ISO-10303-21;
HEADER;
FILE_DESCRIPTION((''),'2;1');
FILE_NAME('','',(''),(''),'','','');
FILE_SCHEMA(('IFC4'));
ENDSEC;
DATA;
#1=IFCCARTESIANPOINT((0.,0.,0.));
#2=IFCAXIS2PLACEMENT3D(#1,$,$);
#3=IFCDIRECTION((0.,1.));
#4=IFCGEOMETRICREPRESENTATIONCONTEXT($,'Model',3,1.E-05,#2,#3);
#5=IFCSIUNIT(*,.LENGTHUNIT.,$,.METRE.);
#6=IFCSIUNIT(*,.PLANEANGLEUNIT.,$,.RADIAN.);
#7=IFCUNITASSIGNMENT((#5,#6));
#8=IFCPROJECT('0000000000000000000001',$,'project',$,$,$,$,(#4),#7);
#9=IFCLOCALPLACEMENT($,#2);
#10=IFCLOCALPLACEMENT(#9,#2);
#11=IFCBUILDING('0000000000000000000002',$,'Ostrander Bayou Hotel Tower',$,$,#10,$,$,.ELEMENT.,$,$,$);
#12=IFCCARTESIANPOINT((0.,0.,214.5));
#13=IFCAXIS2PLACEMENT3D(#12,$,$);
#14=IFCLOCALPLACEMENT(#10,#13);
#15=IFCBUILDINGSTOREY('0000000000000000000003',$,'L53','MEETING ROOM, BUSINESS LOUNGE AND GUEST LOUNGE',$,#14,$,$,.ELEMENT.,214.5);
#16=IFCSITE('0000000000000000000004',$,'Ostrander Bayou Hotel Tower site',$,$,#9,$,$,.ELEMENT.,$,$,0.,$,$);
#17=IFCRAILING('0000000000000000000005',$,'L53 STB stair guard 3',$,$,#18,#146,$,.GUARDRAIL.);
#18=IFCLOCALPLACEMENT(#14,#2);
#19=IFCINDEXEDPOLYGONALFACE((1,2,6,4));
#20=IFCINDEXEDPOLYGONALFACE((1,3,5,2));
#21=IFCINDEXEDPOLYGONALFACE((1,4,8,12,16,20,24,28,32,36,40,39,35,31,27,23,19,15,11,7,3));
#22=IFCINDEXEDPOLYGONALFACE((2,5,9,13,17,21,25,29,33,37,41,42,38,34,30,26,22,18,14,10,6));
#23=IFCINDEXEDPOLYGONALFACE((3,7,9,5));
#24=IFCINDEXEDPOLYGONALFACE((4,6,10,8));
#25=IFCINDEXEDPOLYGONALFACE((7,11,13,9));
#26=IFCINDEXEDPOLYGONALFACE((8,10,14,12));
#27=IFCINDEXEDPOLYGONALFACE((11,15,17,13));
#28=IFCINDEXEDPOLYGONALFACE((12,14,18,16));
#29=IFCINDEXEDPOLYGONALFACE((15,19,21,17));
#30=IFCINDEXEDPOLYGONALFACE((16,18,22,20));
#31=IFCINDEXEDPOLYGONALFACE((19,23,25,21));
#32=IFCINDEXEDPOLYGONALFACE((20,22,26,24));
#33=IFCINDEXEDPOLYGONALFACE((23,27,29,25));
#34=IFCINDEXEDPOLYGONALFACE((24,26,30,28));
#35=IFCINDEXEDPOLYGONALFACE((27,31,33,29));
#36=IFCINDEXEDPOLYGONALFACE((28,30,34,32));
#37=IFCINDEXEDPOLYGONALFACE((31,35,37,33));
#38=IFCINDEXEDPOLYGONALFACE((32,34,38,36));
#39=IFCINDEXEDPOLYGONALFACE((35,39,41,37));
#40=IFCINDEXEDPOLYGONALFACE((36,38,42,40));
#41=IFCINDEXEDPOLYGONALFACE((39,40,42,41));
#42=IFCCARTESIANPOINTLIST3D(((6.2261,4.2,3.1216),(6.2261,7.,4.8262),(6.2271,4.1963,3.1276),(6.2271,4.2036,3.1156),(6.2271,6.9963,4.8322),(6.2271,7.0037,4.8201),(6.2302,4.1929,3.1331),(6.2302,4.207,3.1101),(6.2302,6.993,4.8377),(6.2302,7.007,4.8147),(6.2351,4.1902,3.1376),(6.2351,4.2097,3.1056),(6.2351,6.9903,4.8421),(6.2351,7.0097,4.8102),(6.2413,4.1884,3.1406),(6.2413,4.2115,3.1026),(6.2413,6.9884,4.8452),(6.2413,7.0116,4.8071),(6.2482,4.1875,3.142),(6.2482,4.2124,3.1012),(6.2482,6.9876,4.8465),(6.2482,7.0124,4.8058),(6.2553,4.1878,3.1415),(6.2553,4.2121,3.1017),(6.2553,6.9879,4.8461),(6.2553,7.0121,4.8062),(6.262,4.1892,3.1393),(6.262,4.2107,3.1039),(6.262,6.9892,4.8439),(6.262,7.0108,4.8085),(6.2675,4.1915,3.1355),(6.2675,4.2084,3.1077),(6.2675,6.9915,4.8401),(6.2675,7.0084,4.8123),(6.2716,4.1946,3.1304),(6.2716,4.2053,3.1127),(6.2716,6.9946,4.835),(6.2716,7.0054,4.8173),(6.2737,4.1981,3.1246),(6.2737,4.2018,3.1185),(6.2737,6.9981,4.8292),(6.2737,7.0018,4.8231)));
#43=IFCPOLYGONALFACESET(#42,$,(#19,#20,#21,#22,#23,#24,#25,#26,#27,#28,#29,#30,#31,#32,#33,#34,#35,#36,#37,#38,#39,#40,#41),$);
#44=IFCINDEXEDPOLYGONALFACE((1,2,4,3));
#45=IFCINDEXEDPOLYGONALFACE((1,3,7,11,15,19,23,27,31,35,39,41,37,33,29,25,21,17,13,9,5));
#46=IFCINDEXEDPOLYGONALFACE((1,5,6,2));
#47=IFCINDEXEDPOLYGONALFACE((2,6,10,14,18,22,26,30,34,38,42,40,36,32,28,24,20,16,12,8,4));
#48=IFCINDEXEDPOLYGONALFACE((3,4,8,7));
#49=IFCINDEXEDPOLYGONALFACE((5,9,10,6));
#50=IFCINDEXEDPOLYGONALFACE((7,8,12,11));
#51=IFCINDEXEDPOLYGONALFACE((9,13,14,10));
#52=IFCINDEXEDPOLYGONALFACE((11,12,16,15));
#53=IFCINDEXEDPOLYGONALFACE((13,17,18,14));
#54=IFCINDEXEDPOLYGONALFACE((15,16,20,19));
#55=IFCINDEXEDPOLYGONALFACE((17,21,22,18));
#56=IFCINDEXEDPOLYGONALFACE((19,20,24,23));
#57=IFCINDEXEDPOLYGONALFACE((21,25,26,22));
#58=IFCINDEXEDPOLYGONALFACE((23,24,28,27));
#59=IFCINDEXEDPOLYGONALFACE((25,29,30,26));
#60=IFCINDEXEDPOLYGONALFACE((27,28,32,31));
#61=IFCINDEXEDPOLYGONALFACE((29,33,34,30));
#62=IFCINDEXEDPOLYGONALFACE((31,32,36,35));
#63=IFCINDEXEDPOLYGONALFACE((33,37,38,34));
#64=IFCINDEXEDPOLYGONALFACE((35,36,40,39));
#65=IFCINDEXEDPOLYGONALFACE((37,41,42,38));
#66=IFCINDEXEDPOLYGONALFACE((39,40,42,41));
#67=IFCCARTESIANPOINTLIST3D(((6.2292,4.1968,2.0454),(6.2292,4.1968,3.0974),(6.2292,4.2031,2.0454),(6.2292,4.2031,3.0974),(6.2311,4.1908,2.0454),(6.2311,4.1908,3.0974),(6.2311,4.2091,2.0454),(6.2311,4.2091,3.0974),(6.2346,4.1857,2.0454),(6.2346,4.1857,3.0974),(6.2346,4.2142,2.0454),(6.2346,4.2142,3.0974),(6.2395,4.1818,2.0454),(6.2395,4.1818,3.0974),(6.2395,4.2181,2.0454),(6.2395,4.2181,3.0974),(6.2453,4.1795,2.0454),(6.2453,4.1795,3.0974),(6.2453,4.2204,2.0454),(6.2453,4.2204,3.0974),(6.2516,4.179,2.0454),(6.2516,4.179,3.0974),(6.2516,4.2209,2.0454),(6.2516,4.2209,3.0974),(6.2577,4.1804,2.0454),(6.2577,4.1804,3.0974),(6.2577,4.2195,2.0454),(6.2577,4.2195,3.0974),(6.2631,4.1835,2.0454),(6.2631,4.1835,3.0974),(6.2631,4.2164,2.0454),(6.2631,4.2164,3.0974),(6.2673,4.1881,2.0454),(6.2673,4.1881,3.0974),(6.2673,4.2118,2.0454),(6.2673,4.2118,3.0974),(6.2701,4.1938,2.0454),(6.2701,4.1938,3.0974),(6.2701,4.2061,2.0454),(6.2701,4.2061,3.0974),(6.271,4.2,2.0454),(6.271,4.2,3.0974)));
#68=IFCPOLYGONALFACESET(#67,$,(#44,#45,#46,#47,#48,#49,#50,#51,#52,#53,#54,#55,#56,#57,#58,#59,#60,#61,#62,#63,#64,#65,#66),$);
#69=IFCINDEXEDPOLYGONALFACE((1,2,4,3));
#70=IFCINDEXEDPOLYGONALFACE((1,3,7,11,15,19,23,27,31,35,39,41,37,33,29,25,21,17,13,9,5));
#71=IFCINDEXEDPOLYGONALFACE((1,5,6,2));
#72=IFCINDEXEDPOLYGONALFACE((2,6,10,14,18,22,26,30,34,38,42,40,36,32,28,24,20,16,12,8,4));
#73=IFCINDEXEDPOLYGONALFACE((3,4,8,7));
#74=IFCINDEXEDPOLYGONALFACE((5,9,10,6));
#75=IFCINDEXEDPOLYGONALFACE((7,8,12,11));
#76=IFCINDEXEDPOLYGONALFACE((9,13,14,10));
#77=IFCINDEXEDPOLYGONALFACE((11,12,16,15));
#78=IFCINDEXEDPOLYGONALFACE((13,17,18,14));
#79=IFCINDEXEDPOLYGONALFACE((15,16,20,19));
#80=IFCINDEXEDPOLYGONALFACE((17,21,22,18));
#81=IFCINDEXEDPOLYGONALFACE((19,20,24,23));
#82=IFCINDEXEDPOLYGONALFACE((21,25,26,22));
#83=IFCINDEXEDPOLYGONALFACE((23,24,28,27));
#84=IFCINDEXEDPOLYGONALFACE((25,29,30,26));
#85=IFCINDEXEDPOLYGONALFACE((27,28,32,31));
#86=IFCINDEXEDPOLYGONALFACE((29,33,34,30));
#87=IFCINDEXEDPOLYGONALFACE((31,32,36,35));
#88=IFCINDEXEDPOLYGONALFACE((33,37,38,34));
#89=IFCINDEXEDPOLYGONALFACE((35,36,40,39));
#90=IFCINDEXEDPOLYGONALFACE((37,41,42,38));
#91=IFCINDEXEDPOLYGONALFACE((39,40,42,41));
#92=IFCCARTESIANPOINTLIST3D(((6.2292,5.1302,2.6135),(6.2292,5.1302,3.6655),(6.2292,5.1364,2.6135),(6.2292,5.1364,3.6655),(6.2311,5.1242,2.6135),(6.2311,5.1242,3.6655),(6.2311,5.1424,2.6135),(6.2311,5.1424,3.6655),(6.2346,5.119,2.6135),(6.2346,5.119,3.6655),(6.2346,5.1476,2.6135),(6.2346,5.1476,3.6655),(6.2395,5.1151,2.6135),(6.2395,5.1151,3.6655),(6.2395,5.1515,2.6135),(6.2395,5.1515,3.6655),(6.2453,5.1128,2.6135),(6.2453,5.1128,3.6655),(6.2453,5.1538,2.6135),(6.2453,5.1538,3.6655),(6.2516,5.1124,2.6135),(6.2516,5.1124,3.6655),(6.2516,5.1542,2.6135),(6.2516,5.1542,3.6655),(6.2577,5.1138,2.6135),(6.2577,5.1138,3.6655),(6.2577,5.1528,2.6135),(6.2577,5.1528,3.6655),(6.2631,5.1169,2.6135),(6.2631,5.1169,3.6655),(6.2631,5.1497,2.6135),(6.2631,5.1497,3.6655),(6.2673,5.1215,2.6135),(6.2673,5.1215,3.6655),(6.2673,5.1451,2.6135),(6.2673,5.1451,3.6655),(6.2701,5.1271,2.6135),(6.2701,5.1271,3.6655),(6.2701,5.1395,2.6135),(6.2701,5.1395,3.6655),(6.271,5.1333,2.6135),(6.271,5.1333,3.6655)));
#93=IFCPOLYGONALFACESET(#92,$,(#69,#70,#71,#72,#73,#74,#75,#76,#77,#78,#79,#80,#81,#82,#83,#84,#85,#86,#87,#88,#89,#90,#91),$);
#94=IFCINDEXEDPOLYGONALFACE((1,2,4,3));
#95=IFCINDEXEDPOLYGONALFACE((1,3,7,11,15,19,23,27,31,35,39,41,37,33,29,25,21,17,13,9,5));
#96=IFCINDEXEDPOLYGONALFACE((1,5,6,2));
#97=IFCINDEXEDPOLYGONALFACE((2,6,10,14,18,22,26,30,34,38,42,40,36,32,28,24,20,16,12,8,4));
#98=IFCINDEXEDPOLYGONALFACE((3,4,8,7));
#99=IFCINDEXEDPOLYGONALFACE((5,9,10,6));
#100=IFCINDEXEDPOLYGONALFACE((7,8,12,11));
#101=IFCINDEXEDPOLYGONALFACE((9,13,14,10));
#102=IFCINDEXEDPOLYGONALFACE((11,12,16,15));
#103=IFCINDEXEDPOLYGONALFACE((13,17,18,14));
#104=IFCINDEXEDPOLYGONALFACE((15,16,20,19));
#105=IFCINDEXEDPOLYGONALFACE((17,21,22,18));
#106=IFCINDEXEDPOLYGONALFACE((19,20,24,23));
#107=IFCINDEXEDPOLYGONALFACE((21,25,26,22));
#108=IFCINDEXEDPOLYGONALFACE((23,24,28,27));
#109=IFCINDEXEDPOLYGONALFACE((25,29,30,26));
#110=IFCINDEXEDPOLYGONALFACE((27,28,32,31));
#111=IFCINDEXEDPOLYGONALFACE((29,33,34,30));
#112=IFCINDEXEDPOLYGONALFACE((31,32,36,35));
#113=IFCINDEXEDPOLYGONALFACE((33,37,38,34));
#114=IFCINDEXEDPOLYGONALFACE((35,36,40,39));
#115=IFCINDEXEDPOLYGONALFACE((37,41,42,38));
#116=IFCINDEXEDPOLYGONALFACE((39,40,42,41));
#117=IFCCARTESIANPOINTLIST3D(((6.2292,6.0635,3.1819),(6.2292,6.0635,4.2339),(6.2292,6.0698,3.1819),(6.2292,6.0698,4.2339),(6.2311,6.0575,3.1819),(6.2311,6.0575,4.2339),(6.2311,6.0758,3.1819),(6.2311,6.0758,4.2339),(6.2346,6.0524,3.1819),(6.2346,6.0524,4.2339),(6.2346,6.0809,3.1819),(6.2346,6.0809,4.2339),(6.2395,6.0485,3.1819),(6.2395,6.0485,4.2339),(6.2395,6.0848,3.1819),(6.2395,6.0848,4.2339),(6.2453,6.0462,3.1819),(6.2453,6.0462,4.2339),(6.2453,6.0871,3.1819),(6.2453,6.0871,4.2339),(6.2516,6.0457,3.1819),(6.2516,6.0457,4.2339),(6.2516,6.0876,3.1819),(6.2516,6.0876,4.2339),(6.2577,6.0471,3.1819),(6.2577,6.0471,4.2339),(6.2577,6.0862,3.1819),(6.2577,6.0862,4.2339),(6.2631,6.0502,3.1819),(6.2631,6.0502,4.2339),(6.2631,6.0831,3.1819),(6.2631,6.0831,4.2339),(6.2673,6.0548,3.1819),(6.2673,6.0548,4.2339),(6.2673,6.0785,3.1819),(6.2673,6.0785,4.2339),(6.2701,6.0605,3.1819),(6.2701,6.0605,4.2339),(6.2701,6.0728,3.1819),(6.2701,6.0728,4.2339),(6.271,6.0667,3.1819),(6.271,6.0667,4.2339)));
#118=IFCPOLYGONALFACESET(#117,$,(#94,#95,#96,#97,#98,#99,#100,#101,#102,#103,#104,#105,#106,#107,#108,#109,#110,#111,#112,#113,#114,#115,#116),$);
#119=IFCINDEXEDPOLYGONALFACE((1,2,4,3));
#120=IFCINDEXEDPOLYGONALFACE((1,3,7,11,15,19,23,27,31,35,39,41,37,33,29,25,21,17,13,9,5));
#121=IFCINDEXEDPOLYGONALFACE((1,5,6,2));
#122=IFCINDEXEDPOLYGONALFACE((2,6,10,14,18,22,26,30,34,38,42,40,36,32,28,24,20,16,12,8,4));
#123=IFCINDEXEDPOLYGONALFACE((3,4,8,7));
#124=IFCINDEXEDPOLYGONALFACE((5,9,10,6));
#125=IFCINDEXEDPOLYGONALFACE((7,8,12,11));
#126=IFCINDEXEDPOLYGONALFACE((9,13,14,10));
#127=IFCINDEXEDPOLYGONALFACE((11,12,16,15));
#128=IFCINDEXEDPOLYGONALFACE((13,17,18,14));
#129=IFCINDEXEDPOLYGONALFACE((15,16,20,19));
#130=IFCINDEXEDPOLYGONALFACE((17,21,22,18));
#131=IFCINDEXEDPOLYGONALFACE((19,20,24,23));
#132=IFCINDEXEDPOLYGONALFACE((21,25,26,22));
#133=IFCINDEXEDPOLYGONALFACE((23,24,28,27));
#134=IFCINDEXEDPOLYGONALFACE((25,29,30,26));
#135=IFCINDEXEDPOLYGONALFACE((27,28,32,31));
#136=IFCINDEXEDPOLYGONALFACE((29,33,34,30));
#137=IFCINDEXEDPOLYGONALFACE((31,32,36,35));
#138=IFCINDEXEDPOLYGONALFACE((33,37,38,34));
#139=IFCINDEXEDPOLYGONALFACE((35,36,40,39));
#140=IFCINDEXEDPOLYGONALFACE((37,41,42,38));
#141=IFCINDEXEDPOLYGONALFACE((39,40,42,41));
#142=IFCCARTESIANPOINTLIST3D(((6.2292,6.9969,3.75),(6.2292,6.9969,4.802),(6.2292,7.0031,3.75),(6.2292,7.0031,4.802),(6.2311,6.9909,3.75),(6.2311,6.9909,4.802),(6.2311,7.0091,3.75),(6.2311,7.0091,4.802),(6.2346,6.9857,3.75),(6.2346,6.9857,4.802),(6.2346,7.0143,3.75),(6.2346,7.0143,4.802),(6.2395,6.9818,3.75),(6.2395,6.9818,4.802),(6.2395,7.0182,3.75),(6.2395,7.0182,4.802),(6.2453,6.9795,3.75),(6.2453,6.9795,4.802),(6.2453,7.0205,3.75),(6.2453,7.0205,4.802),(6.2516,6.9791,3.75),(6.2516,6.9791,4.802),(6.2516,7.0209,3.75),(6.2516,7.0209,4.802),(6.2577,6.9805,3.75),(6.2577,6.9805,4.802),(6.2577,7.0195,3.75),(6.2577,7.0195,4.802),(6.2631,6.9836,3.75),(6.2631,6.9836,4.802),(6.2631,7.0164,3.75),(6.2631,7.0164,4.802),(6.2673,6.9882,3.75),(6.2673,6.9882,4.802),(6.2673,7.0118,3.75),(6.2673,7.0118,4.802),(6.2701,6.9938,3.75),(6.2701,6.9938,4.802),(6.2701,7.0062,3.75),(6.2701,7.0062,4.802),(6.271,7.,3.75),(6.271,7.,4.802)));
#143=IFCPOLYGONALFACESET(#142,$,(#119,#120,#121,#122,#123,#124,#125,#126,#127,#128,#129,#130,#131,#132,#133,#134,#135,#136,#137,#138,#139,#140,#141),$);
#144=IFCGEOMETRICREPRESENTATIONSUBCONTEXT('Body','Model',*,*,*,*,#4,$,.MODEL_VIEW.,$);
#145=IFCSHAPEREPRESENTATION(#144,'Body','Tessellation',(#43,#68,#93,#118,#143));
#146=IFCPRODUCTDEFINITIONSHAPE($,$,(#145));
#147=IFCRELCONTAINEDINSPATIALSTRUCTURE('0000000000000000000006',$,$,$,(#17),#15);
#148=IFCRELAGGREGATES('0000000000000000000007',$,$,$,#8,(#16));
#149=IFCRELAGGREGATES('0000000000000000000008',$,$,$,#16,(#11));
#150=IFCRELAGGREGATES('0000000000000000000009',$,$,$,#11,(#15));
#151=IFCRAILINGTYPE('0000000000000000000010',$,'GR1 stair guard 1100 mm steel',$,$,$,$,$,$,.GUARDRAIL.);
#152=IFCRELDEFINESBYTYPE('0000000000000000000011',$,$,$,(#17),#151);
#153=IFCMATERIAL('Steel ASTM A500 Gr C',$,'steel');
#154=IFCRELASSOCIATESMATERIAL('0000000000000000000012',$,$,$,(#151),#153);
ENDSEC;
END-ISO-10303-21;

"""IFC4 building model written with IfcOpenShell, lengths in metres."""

from ifc_helpers import new_model, si_unit, direction, frame, origin, origin_2d, place, context, subcontext, project, spatial, circle, extrude, material, type_object, element, save


model = new_model("IFC4")

# Units and contexts
model_context = context("Model", 3, precision=1e-05, world=origin(), true_north=direction((0.0, 1.0)))
body_context = subcontext(model_context, "Body", "Model", "MODEL_VIEW")
ifc_project = project(units=[si_unit("LENGTHUNIT", "METRE"), si_unit("PLANEANGLEUNIT", "RADIAN")], contexts=[model_context])

# Site, building, storey
site_placement = place(None, origin())
site = spatial("IfcSite", under=ifc_project, at=site_placement, Name="Ostrander Bayou Hotel Tower site", CompositionType="ELEMENT", RefElevation=0.0)
building_placement = place(site_placement, origin())
building = spatial("IfcBuilding", under=site, at=building_placement, Name="Ostrander Bayou Hotel Tower", CompositionType="ELEMENT")
storey_placement = place(building_placement, frame((0.0, 0.0, 214.5)))
storey = spatial("IfcBuildingStorey", under=building, at=storey_placement, Name="L53", Description="MEETING ROOM, BUSINESS LOUNGE AND GUEST LOUNGE", CompositionType="ELEMENT", Elevation=214.5)

# Railing
ifc_material_1 = material(Name="Steel ASTM A500 Gr C", Category="steel")
railing_type_1 = type_object("IfcRailingType", Name="GR1 stair guard 1100 mm steel", PredefinedType="GUARDRAIL", material=ifc_material_1)
railing_1_placement = place(storey_placement, frame((6.25, 4.2, 2.0454)))
element("IfcRailing", 1, at=railing_1_placement, inside=storey, type_object=railing_type_1, Name="L53 STB stair guard 3", PredefinedType="GUARDRAIL", context=body_context, shape_type="SweptSolid", body=[
    extrude(circle(Radius=0.0239, at=origin_2d()), frame((0.0, 0.0, 1.0762), z_axis=(0.0, 0.85417, 0.519994), x_axis=(-1.0, 0.0, 0.0)), (0.0, 0.0, 1.0), 3.2781),
    extrude(circle(Radius=0.021, at=origin_2d()), origin(), (0.0, 0.0, 1.0), 1.052),
    extrude(circle(Radius=0.021, at=origin_2d()), frame((0.0, 0.9333, 0.5681)), (0.0, 0.0, 1.0), 1.052),
    extrude(circle(Radius=0.021, at=origin_2d()), frame((0.0, 1.8667, 1.1365)), (0.0, 0.0, 1.0), 1.052),
    extrude(circle(Radius=0.021, at=origin_2d()), frame((0.0, 2.8, 1.7046)), (0.0, 0.0, 1.0), 1.052),
])

save(model, "model.ifc")
